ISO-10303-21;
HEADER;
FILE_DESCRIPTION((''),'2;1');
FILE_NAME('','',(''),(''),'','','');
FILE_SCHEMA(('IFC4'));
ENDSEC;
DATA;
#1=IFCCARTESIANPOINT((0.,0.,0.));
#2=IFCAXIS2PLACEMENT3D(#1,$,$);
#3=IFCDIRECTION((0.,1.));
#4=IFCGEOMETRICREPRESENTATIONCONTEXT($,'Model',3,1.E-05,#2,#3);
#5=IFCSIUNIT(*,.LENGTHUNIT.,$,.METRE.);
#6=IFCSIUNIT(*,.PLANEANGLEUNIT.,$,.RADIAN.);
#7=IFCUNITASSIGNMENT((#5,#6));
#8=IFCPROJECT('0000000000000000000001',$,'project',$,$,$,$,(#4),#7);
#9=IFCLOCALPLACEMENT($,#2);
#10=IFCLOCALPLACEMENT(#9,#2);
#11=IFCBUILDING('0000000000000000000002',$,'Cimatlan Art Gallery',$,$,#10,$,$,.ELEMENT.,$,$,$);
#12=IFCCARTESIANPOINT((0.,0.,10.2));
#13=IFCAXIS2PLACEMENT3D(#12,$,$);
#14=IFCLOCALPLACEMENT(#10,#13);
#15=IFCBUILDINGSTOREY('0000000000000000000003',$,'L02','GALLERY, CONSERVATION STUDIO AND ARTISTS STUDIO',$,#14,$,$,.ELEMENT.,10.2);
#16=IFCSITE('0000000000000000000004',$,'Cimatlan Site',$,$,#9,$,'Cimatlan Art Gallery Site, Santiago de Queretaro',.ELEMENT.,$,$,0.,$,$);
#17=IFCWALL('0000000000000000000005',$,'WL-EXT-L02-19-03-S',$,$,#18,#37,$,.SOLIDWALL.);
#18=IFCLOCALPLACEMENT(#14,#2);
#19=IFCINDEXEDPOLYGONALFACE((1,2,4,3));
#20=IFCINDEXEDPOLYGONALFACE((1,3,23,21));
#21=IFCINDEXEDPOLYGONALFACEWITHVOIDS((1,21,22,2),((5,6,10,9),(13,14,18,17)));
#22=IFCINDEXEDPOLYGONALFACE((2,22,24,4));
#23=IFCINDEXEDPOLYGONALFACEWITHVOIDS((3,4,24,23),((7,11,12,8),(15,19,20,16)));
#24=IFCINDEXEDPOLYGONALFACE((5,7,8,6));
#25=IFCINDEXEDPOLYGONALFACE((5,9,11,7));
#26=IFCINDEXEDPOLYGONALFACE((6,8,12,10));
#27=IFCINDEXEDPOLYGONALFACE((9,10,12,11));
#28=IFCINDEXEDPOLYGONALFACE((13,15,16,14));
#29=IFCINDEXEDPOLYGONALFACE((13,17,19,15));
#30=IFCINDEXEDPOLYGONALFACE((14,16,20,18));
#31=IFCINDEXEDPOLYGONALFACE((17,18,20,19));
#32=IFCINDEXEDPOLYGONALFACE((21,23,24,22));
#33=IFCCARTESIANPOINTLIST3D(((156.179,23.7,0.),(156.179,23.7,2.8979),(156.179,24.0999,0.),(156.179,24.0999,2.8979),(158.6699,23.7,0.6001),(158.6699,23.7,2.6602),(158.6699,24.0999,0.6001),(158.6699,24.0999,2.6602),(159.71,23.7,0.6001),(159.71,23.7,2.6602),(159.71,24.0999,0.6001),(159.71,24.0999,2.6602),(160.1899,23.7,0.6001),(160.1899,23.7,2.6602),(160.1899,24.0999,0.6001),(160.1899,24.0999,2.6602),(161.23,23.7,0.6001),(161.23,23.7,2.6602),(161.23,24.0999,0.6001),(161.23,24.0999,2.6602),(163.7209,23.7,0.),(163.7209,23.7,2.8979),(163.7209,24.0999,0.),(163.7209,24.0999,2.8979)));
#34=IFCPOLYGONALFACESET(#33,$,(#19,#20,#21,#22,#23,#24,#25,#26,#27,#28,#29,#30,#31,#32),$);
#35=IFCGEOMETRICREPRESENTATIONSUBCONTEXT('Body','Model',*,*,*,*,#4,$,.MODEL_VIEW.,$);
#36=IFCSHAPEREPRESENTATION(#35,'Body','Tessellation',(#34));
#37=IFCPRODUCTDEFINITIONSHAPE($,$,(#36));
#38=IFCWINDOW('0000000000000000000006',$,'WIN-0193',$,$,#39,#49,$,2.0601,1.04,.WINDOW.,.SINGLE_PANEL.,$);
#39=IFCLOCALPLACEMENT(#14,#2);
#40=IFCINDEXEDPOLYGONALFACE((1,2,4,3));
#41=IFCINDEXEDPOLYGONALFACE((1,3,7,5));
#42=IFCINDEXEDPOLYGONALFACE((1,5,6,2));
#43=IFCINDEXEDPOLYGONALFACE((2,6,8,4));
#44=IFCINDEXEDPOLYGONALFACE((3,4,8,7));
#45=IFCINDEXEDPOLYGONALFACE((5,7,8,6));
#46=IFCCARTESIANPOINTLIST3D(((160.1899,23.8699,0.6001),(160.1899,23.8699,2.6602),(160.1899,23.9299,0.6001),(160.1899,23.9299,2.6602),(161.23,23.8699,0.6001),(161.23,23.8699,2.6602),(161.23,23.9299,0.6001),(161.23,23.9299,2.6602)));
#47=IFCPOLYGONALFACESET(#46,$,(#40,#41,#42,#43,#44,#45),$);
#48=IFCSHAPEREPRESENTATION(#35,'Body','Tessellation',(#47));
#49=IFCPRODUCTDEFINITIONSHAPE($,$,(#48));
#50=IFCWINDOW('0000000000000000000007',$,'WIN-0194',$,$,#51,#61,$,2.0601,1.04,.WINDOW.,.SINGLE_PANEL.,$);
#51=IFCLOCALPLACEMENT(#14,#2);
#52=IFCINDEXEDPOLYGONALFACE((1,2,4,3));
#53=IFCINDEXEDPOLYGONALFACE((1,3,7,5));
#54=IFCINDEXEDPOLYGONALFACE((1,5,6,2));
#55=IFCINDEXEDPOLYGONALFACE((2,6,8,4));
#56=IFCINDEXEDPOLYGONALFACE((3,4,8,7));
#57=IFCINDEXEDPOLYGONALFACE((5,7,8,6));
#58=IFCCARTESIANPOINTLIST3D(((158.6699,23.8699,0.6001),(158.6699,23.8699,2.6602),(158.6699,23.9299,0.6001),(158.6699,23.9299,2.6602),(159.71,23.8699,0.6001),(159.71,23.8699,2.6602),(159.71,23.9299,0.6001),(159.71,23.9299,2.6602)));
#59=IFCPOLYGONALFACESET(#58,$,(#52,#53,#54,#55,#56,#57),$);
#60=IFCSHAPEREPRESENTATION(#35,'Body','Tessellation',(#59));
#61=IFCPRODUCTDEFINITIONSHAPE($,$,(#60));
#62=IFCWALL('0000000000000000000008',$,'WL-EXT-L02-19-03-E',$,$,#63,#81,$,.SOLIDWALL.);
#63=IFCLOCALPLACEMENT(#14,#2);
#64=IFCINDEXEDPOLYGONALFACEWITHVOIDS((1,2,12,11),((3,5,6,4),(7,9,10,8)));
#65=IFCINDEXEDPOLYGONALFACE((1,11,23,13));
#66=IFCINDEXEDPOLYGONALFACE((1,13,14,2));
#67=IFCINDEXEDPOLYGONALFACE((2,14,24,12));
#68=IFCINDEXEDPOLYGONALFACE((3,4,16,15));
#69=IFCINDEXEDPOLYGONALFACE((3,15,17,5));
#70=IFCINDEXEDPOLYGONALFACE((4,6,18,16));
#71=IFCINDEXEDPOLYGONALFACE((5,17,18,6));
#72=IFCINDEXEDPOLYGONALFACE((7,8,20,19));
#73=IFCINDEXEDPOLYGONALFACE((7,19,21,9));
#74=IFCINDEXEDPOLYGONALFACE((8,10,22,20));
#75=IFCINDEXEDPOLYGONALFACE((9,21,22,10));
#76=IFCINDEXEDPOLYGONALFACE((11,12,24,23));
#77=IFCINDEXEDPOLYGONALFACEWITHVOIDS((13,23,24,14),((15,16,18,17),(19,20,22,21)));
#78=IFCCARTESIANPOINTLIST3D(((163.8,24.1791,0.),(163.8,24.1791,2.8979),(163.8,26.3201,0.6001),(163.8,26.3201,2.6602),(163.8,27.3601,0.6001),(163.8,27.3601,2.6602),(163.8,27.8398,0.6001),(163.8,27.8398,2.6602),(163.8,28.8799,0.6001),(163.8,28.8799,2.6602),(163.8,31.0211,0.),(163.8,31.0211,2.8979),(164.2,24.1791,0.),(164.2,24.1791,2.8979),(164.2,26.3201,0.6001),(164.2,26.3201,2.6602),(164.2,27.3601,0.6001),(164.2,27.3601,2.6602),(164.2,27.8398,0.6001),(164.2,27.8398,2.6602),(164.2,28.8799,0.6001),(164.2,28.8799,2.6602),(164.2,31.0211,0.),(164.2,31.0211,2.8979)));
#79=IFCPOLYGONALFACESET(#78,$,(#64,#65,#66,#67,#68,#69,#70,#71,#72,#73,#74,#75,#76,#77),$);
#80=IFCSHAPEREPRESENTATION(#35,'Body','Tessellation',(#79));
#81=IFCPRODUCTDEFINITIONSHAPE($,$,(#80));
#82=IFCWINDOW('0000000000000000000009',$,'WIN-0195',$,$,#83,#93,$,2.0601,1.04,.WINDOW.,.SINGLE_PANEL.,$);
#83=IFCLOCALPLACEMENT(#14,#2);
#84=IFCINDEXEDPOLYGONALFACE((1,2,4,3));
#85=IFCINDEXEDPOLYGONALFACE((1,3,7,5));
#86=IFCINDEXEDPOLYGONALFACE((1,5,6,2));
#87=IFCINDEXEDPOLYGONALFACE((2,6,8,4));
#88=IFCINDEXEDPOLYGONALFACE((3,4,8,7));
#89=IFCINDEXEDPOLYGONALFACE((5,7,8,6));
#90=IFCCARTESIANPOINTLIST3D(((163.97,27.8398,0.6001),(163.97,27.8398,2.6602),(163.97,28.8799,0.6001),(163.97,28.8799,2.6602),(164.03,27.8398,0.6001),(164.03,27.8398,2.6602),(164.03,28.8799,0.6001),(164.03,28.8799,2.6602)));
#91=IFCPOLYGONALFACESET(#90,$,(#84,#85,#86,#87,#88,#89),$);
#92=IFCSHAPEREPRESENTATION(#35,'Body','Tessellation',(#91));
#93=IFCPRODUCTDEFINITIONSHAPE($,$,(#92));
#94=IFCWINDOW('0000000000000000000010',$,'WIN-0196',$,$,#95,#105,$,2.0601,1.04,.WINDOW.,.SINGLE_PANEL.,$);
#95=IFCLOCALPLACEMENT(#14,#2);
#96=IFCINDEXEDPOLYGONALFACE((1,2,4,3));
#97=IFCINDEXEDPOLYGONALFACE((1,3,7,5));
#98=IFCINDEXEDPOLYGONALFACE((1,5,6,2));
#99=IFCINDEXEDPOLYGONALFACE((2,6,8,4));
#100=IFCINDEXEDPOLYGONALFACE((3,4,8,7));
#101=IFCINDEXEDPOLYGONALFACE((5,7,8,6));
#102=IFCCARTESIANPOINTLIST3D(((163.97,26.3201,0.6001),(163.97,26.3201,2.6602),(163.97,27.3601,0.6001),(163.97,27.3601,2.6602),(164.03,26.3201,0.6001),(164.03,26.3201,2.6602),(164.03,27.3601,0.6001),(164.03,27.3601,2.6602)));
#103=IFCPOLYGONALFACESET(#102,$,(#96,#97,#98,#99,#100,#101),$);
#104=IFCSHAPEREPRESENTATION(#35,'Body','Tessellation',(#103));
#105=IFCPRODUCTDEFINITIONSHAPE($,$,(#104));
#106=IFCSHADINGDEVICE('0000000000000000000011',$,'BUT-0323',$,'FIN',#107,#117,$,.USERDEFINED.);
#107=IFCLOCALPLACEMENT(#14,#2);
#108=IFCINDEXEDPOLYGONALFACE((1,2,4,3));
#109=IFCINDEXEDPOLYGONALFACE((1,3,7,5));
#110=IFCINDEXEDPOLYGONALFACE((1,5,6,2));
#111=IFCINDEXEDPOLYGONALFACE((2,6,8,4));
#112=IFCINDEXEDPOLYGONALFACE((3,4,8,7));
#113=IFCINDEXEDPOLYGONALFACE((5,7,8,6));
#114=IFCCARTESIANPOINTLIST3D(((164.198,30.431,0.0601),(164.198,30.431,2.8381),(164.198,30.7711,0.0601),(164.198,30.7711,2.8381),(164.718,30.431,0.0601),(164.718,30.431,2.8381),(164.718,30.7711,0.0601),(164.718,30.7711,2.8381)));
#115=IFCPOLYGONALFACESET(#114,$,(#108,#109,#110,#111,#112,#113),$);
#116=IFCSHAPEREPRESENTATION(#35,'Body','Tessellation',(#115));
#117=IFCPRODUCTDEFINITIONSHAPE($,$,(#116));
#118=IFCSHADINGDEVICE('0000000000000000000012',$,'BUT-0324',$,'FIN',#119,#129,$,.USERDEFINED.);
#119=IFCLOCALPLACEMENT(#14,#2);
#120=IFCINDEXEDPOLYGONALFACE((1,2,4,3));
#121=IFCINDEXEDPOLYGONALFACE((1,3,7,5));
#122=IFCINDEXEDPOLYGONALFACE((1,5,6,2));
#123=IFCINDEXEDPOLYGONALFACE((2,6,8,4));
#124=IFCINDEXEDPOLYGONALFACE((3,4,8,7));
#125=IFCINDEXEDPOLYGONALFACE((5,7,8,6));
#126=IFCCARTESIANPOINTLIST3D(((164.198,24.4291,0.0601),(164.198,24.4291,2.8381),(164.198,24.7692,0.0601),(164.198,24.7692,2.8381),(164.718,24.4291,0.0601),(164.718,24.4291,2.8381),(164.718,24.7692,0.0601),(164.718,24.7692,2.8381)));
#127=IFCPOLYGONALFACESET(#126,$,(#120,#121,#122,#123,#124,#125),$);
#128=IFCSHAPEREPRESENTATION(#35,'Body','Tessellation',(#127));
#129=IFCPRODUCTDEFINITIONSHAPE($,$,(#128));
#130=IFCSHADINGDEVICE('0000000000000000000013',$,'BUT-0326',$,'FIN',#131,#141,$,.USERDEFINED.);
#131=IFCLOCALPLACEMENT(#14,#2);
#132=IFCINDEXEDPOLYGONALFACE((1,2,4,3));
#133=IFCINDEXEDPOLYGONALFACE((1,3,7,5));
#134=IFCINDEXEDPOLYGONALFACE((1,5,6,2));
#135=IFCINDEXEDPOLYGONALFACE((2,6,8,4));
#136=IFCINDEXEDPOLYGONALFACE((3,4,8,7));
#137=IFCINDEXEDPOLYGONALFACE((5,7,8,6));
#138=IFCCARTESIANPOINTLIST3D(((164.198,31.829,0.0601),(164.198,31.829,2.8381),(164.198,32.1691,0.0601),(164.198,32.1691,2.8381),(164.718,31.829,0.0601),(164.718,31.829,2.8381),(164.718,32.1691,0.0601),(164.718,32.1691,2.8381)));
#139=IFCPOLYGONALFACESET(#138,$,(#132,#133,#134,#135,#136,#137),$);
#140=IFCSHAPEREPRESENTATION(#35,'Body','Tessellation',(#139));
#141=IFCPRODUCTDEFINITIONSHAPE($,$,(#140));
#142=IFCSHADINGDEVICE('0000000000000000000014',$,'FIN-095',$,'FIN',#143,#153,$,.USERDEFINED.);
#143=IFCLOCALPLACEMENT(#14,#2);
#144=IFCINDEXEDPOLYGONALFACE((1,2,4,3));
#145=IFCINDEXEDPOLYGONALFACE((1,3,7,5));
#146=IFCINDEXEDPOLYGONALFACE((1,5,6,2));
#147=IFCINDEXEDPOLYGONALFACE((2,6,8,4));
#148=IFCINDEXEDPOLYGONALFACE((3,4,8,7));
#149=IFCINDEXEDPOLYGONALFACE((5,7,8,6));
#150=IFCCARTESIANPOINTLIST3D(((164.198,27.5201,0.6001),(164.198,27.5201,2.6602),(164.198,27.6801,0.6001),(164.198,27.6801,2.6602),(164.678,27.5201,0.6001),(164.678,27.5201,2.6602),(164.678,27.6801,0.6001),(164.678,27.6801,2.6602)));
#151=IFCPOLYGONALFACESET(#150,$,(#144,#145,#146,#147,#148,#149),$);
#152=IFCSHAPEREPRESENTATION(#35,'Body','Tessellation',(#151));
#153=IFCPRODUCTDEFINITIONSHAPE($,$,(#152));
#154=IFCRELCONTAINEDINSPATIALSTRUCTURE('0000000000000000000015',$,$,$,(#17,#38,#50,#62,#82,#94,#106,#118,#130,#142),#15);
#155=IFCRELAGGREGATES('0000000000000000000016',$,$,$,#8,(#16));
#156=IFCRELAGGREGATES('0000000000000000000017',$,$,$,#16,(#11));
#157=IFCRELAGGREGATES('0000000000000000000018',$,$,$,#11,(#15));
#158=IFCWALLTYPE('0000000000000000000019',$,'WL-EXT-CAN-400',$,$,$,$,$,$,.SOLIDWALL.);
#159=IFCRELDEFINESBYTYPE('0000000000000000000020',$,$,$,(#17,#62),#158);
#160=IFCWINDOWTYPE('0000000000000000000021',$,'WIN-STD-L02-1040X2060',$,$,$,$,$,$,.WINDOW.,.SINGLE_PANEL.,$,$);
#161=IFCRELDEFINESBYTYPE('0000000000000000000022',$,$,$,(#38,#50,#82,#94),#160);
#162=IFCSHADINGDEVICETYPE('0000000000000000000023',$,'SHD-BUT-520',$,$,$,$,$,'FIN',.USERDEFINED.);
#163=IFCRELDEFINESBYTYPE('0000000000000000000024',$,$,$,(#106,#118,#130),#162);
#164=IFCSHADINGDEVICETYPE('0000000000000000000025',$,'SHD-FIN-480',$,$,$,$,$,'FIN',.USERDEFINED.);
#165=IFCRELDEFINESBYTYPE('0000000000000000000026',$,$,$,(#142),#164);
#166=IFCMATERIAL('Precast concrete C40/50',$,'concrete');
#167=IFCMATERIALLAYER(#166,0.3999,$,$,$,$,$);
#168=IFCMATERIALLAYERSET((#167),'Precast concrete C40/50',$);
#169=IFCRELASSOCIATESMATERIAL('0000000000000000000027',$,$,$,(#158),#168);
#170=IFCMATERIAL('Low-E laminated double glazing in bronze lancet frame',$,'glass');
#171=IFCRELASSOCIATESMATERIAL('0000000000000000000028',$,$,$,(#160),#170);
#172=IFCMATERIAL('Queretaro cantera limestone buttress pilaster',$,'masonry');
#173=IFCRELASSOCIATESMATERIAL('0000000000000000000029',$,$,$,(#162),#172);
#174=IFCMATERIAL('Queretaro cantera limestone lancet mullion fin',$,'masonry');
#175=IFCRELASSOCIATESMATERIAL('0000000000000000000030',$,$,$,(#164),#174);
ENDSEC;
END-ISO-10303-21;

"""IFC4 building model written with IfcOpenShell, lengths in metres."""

from ifc_helpers import new_model, si_unit, direction, frame, frame_2d, origin, origin_2d, place, context, subcontext, project, spatial, rectangle, extrude, material, layer, layer_set, type_object, element, fill, save


model = new_model("IFC4")

# Units and contexts
model_context = context("Model", 3, precision=1e-05, world=origin(), true_north=direction((0.0, 1.0)))
body_context = subcontext(model_context, "Body", "Model", "MODEL_VIEW")
ifc_project = project(units=[si_unit("LENGTHUNIT", "METRE"), si_unit("PLANEANGLEUNIT", "RADIAN")], contexts=[model_context])

# Site, building, storey
site_placement = place(None, origin())
site = spatial("IfcSite", under=ifc_project, at=site_placement, Name="Cimatlan Site", LongName="Cimatlan Art Gallery Site, Santiago de Queretaro", CompositionType="ELEMENT", RefElevation=0.0)
building_placement = place(site_placement, origin())
building = spatial("IfcBuilding", under=site, at=building_placement, Name="Cimatlan Art Gallery", CompositionType="ELEMENT")
storey_placement = place(building_placement, frame((0.0, 0.0, 10.2)))
storey = spatial("IfcBuildingStorey", under=building, at=storey_placement, Name="L02", Description="GALLERY, CONSERVATION STUDIO AND ARTISTS STUDIO", CompositionType="ELEMENT", Elevation=10.2)

# Walls, openings, windows
ifc_material_1 = material(Name="Precast concrete C40/50", Category="concrete")
ifc_layer = layer(ifc_material_1, 0.3999)
ifc_layer_set = layer_set([ifc_layer], Name="Precast concrete C40/50")
wall_type = type_object("IfcWallType", Name="WL-EXT-CAN-400", PredefinedType="SOLIDWALL", material=ifc_layer_set)
wall_1_placement = place(storey_placement, frame((163.7209, 23.8999, 0.0), z_axis=(0.0, 0.0, 1.0), x_axis=(-1.0, 0.0, 0.0)))
wall_1 = element("IfcWall", 1, at=wall_1_placement, inside=storey, type_object=wall_type, Name="WL-EXT-L02-19-03-S", PredefinedType="SOLIDWALL", context=body_context, shape_type="SweptSolid", body=[
    extrude(rectangle(XDim=7.542, YDim=0.3999, at=frame_2d((3.771, 0.0))), origin(), (0.0, 0.0, 1.0), 2.8979),
])
opening_1_placement = place(wall_1_placement, frame((2.491, 0.0, 0.6001)))
opening_1 = element("IfcOpeningElement", 2, at=opening_1_placement, cuts=wall_1, PredefinedType="OPENING", context=body_context, shape_type="SweptSolid", body=[
    extrude(rectangle(XDim=1.04, YDim=2.0601, at=frame_2d((0.52, 1.03))), frame((0.0, 0.21, 0.0), z_axis=(0.0, -1.0, 0.0), x_axis=(1.0, 0.0, 0.0)), (0.0, 0.0, 1.0), 0.4199),
])
opening_2_placement = place(wall_1_placement, frame((4.011, 0.0, 0.6001)))
opening_2 = element("IfcOpeningElement", 3, at=opening_2_placement, cuts=wall_1, PredefinedType="OPENING", context=body_context, shape_type="SweptSolid", body=[
    extrude(rectangle(XDim=1.04, YDim=2.0601, at=frame_2d((0.52, 1.03))), frame((0.0, 0.21, 0.0), z_axis=(0.0, -1.0, 0.0), x_axis=(1.0, 0.0, 0.0)), (0.0, 0.0, 1.0), 0.4199),
])
ifc_material_2 = material(Name="Low-E laminated double glazing in bronze lancet frame", Category="glass")
window_type = type_object("IfcWindowType", Name="WIN-STD-L02-1040X2060", PartitioningType="SINGLE_PANEL", PredefinedType="WINDOW", material=ifc_material_2)
window_1_placement = place(opening_1_placement, origin())
window_1 = element("IfcWindow", 4, at=window_1_placement, inside=storey, type_object=window_type, Name="WIN-0193", OverallHeight=2.0601, OverallWidth=1.04, PartitioningType="SINGLE_PANEL", PredefinedType="WINDOW", context=body_context, shape_type="SweptSolid", body=[
    extrude(rectangle(XDim=1.04, YDim=2.0601, at=frame_2d((0.52, 1.03))), frame((0.0, 0.03, 0.0), z_axis=(0.0, -1.0, 0.0), x_axis=(1.0, 0.0, 0.0)), (0.0, 0.0, 1.0), 0.0601),
])
fill(opening_1, window_1)
window_2_placement = place(opening_2_placement, origin())
window_2 = element("IfcWindow", 5, at=window_2_placement, inside=storey, type_object=window_type, Name="WIN-0194", OverallHeight=2.0601, OverallWidth=1.04, PartitioningType="SINGLE_PANEL", PredefinedType="WINDOW", context=body_context, shape_type="SweptSolid", body=[
    extrude(rectangle(XDim=1.04, YDim=2.0601, at=frame_2d((0.52, 1.03))), frame((0.0, 0.03, 0.0), z_axis=(0.0, -1.0, 0.0), x_axis=(1.0, 0.0, 0.0)), (0.0, 0.0, 1.0), 0.0601),
])
fill(opening_2, window_2)
wall_2_placement = place(storey_placement, frame((164.0, 31.021, 0.0), z_axis=(0.0, 0.0, 1.0), x_axis=(0.0, -1.0, 0.0)))
wall_2 = element("IfcWall", 6, at=wall_2_placement, inside=storey, type_object=wall_type, Name="WL-EXT-L02-19-03-E", PredefinedType="SOLIDWALL", context=body_context, shape_type="SweptSolid", body=[
    extrude(rectangle(XDim=6.842, YDim=0.3999, at=frame_2d((3.4209, 0.0))), origin(), (0.0, 0.0, 1.0), 2.8979),
])
opening_3_placement = place(wall_2_placement, frame((2.1411, 0.0, 0.6001)))
opening_3 = element("IfcOpeningElement", 7, at=opening_3_placement, cuts=wall_2, PredefinedType="OPENING", context=body_context, shape_type="SweptSolid", body=[
    extrude(rectangle(XDim=1.04, YDim=2.0601, at=frame_2d((0.52, 1.03))), frame((0.0, 0.21, 0.0), z_axis=(0.0, -1.0, 0.0), x_axis=(1.0, 0.0, 0.0)), (0.0, 0.0, 1.0), 0.4199),
])
opening_4_placement = place(wall_2_placement, frame((3.6609, 0.0, 0.6001)))
opening_4 = element("IfcOpeningElement", 8, at=opening_4_placement, cuts=wall_2, PredefinedType="OPENING", context=body_context, shape_type="SweptSolid", body=[
    extrude(rectangle(XDim=1.04, YDim=2.0601, at=frame_2d((0.52, 1.03))), frame((0.0, 0.21, 0.0), z_axis=(0.0, -1.0, 0.0), x_axis=(1.0, 0.0, 0.0)), (0.0, 0.0, 1.0), 0.4199),
])
window_3_placement = place(opening_3_placement, origin())
window_3 = element("IfcWindow", 9, at=window_3_placement, inside=storey, type_object=window_type, Name="WIN-0195", OverallHeight=2.0601, OverallWidth=1.04, PartitioningType="SINGLE_PANEL", PredefinedType="WINDOW", context=body_context, shape_type="SweptSolid", body=[
    extrude(rectangle(XDim=1.04, YDim=2.0601, at=frame_2d((0.52, 1.03))), frame((0.0, 0.03, 0.0), z_axis=(0.0, -1.0, 0.0), x_axis=(1.0, 0.0, 0.0)), (0.0, 0.0, 1.0), 0.0601),
])
fill(opening_3, window_3)
window_4_placement = place(opening_4_placement, origin())
window_4 = element("IfcWindow", 10, at=window_4_placement, inside=storey, type_object=window_type, Name="WIN-0196", OverallHeight=2.0601, OverallWidth=1.04, PartitioningType="SINGLE_PANEL", PredefinedType="WINDOW", context=body_context, shape_type="SweptSolid", body=[
    extrude(rectangle(XDim=1.04, YDim=2.0601, at=frame_2d((0.52, 1.03))), frame((0.0, 0.03, 0.0), z_axis=(0.0, -1.0, 0.0), x_axis=(1.0, 0.0, 0.0)), (0.0, 0.0, 1.0), 0.0601),
])
fill(opening_4, window_4)

# Shading devices
ifc_material_3 = material(Name="Queretaro cantera limestone buttress pilaster", Category="masonry")
shading_device_type_1 = type_object("IfcShadingDeviceType", Name="SHD-BUT-520", ElementType="FIN", PredefinedType="USERDEFINED", material=ifc_material_3)
for number, where, z_axis, x_axis, name in (
    (11, (164.458, 30.6011, 0.0601), (0.0, 0.0, 1.0), (0.0, -1.0, 0.0), "BUT-0323"),
    (12, (164.458, 24.5991, 0.0601), (0.0, 0.0, 1.0), (0.0, -1.0, 0.0), "BUT-0324"),
    (13, (164.458, 31.999, 0.0601), (0.0, 0.0, 1.0), (0.0, -1.0, 0.0), "BUT-0326"),
):
    element("IfcShadingDevice", number, at=place(storey_placement, frame(where, z_axis=z_axis, x_axis=x_axis)), inside=storey, type_object=shading_device_type_1, Name=name, ObjectType="FIN", PredefinedType="USERDEFINED", context=body_context, shape_type="SweptSolid", body=[
        extrude(rectangle(XDim=0.3401, YDim=0.52, at=origin_2d()), origin(), (0.0, 0.0, 1.0), 2.7781),
    ])
ifc_material_4 = material(Name="Queretaro cantera limestone lancet mullion fin", Category="masonry")
shading_device_type_2 = type_object("IfcShadingDeviceType", Name="SHD-FIN-480", ElementType="FIN", PredefinedType="USERDEFINED", material=ifc_material_4)
shading_device_placement = place(storey_placement, frame((164.438, 27.6001, 0.6001), z_axis=(0.0, 0.0, 1.0), x_axis=(0.0, -1.0, 0.0)))
element("IfcShadingDevice", 14, at=shading_device_placement, inside=storey, type_object=shading_device_type_2, Name="FIN-095", ObjectType="FIN", PredefinedType="USERDEFINED", context=body_context, shape_type="SweptSolid", body=[
    extrude(rectangle(XDim=0.1599, YDim=0.48, at=origin_2d()), origin(), (0.0, 0.0, 1.0), 2.0601),
])

save(model, "model.ifc")
